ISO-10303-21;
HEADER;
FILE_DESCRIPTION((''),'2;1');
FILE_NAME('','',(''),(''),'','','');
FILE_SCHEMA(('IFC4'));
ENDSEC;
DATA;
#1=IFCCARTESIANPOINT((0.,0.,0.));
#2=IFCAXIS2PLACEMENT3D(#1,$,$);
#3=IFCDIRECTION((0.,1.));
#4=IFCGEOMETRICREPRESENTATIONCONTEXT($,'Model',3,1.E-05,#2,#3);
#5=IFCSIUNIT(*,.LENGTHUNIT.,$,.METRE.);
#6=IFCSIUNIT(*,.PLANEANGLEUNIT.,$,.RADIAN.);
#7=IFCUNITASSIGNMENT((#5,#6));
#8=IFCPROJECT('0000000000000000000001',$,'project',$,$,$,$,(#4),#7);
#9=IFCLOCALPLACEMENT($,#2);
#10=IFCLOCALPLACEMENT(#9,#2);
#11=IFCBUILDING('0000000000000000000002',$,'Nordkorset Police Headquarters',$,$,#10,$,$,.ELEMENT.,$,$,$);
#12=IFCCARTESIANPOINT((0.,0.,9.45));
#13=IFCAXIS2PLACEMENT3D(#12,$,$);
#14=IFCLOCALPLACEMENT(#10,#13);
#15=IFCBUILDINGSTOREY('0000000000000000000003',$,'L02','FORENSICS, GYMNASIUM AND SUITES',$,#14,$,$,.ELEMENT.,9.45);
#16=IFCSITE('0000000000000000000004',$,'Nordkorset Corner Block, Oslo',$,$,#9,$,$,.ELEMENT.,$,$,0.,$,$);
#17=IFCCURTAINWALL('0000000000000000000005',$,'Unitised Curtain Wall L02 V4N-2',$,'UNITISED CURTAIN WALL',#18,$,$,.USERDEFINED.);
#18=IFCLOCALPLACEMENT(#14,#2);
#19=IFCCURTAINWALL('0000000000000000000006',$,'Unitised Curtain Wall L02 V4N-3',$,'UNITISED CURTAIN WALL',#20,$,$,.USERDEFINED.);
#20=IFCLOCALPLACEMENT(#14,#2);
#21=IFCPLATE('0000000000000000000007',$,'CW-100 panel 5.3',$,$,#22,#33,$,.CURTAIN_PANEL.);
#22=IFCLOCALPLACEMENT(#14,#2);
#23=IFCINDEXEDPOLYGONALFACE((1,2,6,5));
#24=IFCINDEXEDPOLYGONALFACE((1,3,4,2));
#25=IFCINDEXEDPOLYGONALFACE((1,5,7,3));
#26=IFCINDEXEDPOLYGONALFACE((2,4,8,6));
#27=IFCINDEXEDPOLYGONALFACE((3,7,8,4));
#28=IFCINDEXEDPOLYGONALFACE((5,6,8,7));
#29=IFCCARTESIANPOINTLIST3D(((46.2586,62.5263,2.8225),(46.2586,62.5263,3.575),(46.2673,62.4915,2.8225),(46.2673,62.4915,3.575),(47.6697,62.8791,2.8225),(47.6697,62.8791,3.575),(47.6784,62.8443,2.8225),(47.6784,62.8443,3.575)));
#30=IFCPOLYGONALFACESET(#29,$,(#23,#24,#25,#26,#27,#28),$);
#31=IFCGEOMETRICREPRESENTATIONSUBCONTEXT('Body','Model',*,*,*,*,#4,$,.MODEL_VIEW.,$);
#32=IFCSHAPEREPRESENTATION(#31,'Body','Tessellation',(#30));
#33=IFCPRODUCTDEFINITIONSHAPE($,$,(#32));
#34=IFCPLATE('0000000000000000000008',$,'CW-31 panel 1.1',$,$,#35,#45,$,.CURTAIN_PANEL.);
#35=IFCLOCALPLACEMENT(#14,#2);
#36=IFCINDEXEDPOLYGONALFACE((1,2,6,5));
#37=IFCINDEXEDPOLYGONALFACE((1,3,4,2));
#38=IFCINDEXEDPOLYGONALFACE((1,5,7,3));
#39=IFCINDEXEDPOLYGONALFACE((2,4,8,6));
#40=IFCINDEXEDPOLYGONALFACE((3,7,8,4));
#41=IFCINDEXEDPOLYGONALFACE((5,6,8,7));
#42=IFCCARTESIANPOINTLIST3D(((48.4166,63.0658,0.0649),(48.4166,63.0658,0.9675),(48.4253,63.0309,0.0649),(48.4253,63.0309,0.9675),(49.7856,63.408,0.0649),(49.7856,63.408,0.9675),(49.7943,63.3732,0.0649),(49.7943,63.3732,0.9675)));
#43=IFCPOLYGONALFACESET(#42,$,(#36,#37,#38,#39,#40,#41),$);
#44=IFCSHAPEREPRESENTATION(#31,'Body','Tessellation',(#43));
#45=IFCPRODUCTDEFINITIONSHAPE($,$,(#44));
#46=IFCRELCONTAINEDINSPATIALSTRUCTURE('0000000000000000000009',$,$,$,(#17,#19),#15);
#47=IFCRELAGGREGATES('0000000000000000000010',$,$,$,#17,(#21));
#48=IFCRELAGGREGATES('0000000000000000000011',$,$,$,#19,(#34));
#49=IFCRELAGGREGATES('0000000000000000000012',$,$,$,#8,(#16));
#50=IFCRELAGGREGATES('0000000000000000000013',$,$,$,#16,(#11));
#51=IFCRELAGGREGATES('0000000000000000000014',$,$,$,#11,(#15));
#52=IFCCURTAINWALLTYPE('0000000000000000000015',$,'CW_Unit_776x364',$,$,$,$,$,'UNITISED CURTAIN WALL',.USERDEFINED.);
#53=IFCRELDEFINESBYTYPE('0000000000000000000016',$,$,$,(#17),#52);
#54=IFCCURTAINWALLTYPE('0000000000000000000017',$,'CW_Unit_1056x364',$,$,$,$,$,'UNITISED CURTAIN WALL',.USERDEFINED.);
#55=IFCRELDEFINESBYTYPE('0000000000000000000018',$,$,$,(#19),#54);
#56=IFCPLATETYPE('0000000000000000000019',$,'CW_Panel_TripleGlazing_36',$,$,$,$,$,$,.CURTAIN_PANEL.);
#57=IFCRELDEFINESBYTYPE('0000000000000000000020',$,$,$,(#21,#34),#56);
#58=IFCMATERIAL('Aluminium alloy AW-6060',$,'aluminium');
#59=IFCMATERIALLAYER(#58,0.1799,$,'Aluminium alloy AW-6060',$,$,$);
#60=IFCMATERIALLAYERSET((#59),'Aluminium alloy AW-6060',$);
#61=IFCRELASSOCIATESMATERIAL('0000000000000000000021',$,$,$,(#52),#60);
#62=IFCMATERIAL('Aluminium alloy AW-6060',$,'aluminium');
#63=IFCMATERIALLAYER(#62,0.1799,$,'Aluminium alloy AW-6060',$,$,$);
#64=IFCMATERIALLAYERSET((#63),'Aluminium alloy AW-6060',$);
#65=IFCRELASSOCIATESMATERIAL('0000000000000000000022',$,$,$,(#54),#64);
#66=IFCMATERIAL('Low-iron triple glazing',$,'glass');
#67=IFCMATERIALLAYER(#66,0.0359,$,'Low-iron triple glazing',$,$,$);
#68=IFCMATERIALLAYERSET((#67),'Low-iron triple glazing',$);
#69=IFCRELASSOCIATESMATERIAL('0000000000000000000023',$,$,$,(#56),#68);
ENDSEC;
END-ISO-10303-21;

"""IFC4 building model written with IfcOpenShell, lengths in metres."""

from ifc_helpers import new_model, si_unit, direction, frame, origin, origin_2d, place, context, subcontext, project, spatial, rectangle, extrude, material, layer, layer_set, type_object, element, aggregate, save


model = new_model("IFC4")

# Units and contexts
model_context = context("Model", 3, precision=1e-05, world=origin(), true_north=direction((0.0, 1.0)))
body_context = subcontext(model_context, "Body", "Model", "MODEL_VIEW")
ifc_project = project(units=[si_unit("LENGTHUNIT", "METRE"), si_unit("PLANEANGLEUNIT", "RADIAN")], contexts=[model_context])

# Site, building, storey
site_placement = place(None, origin())
site = spatial("IfcSite", under=ifc_project, at=site_placement, Name="Nordkorset Corner Block, Oslo", CompositionType="ELEMENT", RefElevation=0.0)
building_placement = place(site_placement, origin())
building = spatial("IfcBuilding", under=site, at=building_placement, Name="Nordkorset Police Headquarters", CompositionType="ELEMENT")
storey_placement = place(building_placement, frame((0.0, 0.0, 9.45)))
storey = spatial("IfcBuildingStorey", under=building, at=storey_placement, Name="L02", Description="FORENSICS, GYMNASIUM AND SUITES", CompositionType="ELEMENT", Elevation=9.45)

# Curtain wall
ifc_material_1 = material(Name="Aluminium alloy AW-6060", Category="aluminium")
ifc_layer_1 = layer(ifc_material_1, 0.1799, Name="Aluminium alloy AW-6060")
ifc_layer_set_1 = layer_set([ifc_layer_1], Name="Aluminium alloy AW-6060")
curtain_wall_type_1 = type_object("IfcCurtainWallType", Name="CW_Unit_776x364", ElementType="UNITISED CURTAIN WALL", PredefinedType="USERDEFINED", material=ifc_layer_set_1)
curtain_wall_1_placement = place(storey_placement, origin())
curtain_wall_1 = element("IfcCurtainWall", 1, at=curtain_wall_1_placement, inside=storey, type_object=curtain_wall_type_1, Name="Unitised Curtain Wall L02 V4N-2", ObjectType="UNITISED CURTAIN WALL", PredefinedType="USERDEFINED")

# Curtain wall
ifc_material_2 = material(Name="Aluminium alloy AW-6060", Category="aluminium")
ifc_layer_2 = layer(ifc_material_2, 0.1799, Name="Aluminium alloy AW-6060")
ifc_layer_set_2 = layer_set([ifc_layer_2], Name="Aluminium alloy AW-6060")
curtain_wall_type_2 = type_object("IfcCurtainWallType", Name="CW_Unit_1056x364", ElementType="UNITISED CURTAIN WALL", PredefinedType="USERDEFINED", material=ifc_layer_set_2)
curtain_wall_2_placement = place(storey_placement, origin())
curtain_wall_2 = element("IfcCurtainWall", 2, at=curtain_wall_2_placement, inside=storey, type_object=curtain_wall_type_2, Name="Unitised Curtain Wall L02 V4N-3", ObjectType="UNITISED CURTAIN WALL", PredefinedType="USERDEFINED")

# Plates
ifc_material_3 = material(Name="Low-iron triple glazing", Category="glass")
ifc_layer_3 = layer(ifc_material_3, 0.0359, Name="Low-iron triple glazing")
ifc_layer_set_3 = layer_set([ifc_layer_3], Name="Low-iron triple glazing")
plate_type = type_object("IfcPlateType", Name="CW_Panel_TripleGlazing_36", PredefinedType="CURTAIN_PANEL", material=ifc_layer_set_3)
plate_1_placement = place(storey_placement, frame((46.9685, 62.6853, 2.8225), z_axis=(0.0, 0.0, 1.0), x_axis=(0.970142, 0.242536, 0.0)))
plate_1 = element("IfcPlate", 3, at=plate_1_placement, type_object=plate_type, Name="CW-100 panel 5.3", PredefinedType="CURTAIN_PANEL", context=body_context, shape_type="SweptSolid", body=[
    extrude(rectangle(XDim=1.4546, YDim=0.0359, at=origin_2d()), origin(), (0.0, 0.0, 1.0), 0.7524),
])
aggregate(curtain_wall_1, [plate_1])
plate_2_placement = place(storey_placement, frame((49.1055, 63.2195, 0.0649), z_axis=(0.0, 0.0, 1.0), x_axis=(0.970142, 0.242536, 0.0)))
plate_2 = element("IfcPlate", 4, at=plate_2_placement, type_object=plate_type, Name="CW-31 panel 1.1", PredefinedType="CURTAIN_PANEL", context=body_context, shape_type="SweptSolid", body=[
    extrude(rectangle(XDim=1.4111, YDim=0.0359, at=origin_2d()), origin(), (0.0, 0.0, 1.0), 0.9026),
])
aggregate(curtain_wall_2, [plate_2])

save(model, "model.ifc")
